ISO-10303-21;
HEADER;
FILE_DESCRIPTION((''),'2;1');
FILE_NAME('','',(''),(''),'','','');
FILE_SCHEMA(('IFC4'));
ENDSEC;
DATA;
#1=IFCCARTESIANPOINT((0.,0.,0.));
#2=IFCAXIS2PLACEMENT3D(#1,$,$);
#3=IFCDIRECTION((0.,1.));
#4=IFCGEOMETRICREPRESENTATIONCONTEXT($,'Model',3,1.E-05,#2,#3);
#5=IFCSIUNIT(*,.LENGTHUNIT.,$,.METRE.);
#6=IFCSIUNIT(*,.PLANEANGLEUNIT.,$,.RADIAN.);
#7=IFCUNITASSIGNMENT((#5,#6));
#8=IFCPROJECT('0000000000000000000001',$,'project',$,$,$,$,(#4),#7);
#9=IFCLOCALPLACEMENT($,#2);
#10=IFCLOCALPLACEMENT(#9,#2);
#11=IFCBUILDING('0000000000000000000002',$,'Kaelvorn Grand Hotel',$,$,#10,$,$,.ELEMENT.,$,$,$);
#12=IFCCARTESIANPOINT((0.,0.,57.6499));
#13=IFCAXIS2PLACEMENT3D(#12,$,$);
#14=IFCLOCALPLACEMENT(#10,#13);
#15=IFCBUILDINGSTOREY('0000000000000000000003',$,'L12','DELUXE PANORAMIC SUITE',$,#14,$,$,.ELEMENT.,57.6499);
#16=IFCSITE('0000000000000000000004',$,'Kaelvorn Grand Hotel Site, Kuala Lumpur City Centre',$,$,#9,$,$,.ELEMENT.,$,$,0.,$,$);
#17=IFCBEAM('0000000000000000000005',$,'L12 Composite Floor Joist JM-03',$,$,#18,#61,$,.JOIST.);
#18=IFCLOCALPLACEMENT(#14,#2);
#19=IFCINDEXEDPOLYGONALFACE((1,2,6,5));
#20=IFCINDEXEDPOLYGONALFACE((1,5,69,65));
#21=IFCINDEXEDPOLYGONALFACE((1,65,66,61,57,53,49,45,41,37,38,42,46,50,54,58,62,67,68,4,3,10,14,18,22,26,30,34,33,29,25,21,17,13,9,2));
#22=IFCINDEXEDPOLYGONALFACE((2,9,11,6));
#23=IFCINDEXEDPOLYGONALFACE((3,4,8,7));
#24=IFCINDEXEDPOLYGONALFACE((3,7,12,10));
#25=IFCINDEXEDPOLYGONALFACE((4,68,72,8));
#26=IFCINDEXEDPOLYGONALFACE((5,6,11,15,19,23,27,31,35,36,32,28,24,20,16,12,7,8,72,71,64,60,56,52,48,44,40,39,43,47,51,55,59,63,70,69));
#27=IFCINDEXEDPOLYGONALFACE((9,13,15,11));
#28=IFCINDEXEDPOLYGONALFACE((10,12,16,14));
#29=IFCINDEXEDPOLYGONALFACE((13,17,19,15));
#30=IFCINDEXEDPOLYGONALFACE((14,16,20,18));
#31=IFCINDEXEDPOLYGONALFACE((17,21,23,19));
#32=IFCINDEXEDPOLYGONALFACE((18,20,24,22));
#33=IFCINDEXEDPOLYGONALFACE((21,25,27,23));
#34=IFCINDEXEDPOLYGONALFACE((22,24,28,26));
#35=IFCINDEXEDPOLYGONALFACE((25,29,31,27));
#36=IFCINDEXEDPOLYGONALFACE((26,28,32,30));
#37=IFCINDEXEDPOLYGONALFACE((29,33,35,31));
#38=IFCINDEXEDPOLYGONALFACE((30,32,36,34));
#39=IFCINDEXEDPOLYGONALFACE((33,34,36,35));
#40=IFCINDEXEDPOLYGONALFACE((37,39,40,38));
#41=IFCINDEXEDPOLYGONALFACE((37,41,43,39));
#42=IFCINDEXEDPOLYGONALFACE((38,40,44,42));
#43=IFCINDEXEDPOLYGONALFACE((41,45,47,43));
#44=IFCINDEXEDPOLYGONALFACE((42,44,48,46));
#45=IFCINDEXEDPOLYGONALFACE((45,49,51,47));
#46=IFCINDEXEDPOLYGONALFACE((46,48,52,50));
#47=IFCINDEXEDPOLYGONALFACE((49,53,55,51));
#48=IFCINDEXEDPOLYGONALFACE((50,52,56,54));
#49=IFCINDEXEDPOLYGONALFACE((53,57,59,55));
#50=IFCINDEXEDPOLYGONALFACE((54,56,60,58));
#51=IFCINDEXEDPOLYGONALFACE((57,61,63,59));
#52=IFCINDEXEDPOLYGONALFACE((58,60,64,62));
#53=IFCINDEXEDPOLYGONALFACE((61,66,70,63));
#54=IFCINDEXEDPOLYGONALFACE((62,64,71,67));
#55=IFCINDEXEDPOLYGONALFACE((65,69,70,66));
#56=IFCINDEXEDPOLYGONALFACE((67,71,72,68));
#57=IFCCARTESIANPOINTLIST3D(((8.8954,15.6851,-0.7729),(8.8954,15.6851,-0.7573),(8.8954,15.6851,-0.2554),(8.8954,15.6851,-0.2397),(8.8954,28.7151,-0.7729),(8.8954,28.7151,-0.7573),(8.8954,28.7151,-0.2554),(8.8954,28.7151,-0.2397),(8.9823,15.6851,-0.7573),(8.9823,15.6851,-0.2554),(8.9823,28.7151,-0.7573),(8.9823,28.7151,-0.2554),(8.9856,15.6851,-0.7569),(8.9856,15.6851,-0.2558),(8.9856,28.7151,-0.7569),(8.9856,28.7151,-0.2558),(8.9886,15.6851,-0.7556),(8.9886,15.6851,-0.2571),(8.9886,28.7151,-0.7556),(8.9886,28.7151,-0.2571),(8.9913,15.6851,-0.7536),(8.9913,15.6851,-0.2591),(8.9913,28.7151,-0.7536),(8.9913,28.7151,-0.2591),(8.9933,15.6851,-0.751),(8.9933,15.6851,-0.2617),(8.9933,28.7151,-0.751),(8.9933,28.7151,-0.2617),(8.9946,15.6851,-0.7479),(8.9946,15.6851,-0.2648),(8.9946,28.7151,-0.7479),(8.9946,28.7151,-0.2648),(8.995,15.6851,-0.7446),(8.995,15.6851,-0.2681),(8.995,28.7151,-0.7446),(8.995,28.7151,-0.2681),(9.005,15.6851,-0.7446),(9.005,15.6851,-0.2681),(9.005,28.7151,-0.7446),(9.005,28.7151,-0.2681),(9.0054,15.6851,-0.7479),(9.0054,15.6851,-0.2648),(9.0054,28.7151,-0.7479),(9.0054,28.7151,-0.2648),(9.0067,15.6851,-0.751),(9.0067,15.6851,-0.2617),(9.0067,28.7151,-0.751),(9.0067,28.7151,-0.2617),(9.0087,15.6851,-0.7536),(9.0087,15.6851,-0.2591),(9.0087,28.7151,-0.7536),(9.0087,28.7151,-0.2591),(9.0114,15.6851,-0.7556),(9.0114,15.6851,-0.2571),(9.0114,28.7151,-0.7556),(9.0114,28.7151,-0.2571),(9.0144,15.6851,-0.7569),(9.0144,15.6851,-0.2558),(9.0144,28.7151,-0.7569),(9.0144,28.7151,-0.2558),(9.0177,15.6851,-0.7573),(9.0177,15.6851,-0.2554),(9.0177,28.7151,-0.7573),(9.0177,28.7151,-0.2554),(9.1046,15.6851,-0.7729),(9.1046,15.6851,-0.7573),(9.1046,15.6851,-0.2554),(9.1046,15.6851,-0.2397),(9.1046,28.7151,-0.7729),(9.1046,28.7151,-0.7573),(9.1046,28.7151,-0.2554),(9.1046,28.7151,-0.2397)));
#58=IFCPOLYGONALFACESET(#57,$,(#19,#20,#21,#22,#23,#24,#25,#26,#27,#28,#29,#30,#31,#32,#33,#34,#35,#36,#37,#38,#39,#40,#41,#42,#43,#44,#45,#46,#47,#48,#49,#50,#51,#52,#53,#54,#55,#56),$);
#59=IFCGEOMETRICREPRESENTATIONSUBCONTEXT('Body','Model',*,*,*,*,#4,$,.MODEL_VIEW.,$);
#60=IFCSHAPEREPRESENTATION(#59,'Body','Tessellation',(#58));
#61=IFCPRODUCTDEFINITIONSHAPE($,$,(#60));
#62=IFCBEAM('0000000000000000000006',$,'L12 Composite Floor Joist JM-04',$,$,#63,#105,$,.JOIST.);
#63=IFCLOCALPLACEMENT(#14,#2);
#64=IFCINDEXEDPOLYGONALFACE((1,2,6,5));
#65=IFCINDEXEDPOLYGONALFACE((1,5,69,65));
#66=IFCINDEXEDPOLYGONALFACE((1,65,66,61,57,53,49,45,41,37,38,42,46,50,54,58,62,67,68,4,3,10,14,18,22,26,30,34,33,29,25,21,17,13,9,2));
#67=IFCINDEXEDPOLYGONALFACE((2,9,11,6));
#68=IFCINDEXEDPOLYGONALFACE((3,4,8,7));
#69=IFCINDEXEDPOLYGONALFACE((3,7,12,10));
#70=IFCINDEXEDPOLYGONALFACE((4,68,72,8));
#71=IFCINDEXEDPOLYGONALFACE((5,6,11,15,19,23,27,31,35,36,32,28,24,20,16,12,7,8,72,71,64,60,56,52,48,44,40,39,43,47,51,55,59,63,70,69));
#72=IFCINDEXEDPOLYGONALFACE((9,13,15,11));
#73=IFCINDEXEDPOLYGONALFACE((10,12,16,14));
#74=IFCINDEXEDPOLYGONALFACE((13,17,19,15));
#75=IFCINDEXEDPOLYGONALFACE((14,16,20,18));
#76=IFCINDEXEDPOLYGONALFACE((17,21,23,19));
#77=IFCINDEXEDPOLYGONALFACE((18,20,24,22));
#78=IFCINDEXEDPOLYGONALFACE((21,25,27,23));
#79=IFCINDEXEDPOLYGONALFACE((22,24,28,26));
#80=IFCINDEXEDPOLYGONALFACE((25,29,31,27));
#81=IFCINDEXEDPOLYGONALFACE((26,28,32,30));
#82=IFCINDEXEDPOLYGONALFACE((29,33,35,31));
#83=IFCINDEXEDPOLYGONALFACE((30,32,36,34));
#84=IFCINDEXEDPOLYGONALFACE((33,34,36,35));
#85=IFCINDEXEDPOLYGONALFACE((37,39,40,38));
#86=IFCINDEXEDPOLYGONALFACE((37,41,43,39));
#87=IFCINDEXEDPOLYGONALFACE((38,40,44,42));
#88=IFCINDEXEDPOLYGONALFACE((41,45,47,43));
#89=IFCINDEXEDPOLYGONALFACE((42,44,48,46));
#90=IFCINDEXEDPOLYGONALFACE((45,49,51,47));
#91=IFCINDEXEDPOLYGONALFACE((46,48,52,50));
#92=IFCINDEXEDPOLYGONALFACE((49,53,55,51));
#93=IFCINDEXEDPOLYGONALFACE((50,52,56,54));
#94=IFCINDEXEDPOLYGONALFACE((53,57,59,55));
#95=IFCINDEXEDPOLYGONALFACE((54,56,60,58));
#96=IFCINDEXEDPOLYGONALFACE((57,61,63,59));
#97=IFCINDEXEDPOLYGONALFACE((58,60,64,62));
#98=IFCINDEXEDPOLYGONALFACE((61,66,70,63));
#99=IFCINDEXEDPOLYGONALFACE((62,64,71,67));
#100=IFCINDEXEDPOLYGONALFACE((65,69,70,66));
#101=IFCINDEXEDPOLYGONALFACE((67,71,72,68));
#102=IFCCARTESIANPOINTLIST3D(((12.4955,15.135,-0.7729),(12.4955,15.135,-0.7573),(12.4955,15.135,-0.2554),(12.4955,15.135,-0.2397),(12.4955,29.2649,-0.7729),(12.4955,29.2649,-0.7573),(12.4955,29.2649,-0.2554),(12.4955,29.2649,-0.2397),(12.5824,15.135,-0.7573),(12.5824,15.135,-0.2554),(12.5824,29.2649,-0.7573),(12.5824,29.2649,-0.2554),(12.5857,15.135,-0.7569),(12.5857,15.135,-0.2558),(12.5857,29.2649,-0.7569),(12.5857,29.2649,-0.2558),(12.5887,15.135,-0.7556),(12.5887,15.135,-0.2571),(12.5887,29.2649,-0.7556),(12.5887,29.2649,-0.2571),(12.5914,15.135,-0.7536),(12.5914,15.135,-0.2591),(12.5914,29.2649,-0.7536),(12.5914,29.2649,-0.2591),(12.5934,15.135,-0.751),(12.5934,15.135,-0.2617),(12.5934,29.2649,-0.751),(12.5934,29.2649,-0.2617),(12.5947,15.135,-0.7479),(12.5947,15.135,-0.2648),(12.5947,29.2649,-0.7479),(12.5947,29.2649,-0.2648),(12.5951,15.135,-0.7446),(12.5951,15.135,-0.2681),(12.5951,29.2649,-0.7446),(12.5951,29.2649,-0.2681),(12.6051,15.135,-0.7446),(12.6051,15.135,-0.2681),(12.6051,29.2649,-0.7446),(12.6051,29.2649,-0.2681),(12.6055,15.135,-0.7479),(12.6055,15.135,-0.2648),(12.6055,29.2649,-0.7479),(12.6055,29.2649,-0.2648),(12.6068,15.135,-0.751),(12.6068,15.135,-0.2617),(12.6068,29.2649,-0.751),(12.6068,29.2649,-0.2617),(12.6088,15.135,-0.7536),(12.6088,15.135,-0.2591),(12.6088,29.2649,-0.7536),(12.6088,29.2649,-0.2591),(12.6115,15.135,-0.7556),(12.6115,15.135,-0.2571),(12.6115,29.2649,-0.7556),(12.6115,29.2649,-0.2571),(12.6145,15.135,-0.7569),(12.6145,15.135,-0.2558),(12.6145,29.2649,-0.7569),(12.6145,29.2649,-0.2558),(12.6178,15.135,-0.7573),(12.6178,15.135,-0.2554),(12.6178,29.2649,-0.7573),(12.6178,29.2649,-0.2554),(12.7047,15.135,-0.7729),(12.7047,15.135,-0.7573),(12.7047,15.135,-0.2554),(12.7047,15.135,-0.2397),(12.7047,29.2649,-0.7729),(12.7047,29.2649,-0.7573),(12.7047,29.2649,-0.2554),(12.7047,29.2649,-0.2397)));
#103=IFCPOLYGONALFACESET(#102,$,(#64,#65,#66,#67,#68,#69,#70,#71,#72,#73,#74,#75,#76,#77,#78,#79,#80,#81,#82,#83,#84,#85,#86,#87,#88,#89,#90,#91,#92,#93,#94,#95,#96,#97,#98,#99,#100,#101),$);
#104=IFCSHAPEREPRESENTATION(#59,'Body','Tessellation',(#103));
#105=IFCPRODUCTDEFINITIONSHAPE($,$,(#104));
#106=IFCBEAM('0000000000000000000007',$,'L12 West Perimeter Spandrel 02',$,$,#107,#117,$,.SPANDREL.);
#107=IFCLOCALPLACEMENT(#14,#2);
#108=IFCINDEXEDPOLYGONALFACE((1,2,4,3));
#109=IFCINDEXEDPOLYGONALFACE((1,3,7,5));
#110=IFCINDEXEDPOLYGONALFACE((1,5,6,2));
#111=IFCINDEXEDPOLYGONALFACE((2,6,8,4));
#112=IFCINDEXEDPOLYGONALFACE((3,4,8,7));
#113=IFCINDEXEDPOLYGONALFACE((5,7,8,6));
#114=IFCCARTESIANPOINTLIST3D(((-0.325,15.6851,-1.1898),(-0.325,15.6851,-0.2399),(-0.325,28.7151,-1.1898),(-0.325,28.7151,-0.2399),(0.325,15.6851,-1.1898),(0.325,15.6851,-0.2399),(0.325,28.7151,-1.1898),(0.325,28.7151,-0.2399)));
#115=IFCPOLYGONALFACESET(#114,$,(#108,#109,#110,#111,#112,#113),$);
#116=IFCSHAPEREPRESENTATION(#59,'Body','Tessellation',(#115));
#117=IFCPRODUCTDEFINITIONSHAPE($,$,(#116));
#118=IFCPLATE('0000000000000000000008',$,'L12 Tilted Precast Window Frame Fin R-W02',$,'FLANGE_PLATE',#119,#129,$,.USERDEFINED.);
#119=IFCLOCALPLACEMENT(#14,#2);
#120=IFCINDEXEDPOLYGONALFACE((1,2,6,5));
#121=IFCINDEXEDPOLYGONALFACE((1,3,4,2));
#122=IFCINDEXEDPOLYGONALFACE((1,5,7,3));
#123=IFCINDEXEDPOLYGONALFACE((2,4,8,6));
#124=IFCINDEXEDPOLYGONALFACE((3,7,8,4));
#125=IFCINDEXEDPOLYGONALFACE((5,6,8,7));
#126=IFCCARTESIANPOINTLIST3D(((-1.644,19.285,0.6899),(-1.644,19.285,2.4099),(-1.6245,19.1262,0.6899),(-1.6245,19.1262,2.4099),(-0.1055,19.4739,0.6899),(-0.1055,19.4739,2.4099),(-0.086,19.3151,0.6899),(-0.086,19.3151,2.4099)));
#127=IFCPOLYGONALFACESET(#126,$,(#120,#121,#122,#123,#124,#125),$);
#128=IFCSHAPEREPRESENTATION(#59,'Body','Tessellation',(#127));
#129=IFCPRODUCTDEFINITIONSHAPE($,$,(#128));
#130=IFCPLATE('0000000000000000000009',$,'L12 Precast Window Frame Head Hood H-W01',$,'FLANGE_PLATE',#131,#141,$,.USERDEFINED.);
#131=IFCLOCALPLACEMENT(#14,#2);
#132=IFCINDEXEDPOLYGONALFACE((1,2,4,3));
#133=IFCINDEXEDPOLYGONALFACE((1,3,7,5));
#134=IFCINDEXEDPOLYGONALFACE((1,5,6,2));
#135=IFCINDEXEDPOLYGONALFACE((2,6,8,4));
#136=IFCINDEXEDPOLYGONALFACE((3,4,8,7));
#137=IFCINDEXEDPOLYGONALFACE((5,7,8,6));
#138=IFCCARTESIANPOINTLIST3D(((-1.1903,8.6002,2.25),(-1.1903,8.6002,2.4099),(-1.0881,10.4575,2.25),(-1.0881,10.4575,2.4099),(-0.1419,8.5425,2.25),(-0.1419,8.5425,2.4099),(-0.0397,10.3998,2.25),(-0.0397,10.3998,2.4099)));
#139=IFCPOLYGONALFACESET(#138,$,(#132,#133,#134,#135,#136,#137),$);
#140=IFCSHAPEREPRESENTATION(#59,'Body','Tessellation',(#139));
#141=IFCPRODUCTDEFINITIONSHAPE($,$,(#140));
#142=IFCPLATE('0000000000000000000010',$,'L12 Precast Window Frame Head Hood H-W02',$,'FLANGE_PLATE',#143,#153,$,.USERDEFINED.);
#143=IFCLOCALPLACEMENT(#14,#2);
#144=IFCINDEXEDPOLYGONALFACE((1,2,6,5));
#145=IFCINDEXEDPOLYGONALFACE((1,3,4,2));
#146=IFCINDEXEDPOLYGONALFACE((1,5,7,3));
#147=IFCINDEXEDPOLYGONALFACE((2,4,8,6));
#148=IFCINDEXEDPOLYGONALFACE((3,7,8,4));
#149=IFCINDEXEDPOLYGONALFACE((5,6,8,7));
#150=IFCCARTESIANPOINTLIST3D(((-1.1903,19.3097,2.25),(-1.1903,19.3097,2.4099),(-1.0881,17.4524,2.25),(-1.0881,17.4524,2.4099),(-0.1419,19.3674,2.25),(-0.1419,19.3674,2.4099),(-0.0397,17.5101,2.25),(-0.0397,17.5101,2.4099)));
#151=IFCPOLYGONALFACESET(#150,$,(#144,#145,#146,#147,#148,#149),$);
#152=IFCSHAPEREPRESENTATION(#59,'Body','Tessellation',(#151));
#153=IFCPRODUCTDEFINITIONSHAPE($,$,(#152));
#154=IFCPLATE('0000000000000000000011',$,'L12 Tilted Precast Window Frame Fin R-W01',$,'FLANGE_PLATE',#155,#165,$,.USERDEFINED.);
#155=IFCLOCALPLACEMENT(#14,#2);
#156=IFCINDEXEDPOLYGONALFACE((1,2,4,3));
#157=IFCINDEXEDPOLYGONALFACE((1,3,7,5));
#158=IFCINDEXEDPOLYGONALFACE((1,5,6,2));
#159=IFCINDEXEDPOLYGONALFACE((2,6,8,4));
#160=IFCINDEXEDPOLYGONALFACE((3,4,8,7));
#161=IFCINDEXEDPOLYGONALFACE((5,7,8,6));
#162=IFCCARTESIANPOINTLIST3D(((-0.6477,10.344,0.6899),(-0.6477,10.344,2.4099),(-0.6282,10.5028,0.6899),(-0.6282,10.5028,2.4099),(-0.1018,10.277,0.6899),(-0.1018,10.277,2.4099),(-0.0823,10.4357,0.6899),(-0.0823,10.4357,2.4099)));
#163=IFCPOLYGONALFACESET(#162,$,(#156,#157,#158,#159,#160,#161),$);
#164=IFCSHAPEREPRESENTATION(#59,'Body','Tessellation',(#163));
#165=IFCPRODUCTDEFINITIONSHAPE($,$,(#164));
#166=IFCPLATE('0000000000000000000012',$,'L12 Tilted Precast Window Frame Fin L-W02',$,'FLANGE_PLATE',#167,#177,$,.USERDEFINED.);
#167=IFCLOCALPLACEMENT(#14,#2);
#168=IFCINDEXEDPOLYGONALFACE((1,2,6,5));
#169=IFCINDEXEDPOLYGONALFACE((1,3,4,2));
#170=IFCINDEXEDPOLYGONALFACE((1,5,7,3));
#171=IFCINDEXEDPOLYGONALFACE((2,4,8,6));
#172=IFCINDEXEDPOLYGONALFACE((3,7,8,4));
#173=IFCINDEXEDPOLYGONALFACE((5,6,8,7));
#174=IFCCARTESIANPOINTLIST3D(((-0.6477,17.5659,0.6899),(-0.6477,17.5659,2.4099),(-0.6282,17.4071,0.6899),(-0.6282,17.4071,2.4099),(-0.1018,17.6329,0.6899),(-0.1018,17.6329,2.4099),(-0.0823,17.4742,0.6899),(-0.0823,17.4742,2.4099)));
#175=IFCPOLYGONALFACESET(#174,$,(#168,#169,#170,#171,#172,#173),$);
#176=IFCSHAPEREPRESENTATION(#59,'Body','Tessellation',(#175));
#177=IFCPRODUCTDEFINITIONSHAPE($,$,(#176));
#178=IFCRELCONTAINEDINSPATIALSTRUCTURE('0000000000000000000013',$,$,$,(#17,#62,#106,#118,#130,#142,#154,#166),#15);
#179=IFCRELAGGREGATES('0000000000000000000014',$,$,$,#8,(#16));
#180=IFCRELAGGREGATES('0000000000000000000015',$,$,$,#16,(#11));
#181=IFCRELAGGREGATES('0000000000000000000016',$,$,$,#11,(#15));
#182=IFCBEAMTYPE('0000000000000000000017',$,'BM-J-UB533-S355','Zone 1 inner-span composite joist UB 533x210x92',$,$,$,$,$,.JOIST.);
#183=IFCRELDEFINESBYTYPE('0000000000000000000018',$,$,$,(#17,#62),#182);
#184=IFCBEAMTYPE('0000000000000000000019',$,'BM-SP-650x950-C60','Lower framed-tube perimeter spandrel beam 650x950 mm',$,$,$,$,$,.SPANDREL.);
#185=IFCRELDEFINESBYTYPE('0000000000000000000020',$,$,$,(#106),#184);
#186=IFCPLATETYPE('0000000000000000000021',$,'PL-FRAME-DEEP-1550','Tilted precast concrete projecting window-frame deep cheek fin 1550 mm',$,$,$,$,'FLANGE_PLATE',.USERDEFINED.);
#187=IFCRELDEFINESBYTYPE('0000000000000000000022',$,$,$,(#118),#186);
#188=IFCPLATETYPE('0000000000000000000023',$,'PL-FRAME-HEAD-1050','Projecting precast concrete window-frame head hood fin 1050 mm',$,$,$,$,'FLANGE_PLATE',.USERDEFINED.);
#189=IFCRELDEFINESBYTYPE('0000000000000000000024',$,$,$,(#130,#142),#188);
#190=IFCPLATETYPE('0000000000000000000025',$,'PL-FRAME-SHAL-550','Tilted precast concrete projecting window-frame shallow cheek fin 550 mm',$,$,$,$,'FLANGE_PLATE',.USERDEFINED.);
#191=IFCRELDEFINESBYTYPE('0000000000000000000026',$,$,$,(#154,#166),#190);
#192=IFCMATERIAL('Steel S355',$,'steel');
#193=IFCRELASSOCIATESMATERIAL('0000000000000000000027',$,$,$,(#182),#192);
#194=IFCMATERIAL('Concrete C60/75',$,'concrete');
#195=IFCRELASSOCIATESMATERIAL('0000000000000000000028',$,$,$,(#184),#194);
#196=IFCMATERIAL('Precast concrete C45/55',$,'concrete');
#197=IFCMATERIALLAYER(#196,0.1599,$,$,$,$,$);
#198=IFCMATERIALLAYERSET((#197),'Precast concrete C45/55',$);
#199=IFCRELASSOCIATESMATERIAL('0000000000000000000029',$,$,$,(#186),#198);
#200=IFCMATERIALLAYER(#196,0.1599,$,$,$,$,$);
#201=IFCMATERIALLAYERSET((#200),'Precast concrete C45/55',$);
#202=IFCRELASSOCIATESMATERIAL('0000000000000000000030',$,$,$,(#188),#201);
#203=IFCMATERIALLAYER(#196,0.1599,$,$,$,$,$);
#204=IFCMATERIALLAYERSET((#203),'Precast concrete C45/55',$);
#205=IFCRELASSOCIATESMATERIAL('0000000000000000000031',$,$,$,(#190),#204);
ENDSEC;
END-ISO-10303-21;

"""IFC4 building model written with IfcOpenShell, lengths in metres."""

from ifc_helpers import new_model, si_unit, direction, frame, origin, origin_2d, place, context, subcontext, project, spatial, rectangle, i_section, extrude, material, layer, layer_set, material_profile, profile_set, type_object, element, save


model = new_model("IFC4")

# Units and contexts
model_context = context("Model", 3, precision=1e-05, world=origin(), true_north=direction((0.0, 1.0)))
body_context = subcontext(model_context, "Body", "Model", "MODEL_VIEW")
ifc_project = project(units=[si_unit("LENGTHUNIT", "METRE"), si_unit("PLANEANGLEUNIT", "RADIAN")], contexts=[model_context])

# Site, building, storey
site_placement = place(None, origin())
site = spatial("IfcSite", under=ifc_project, at=site_placement, Name="Kaelvorn Grand Hotel Site, Kuala Lumpur City Centre", CompositionType="ELEMENT", RefElevation=0.0)
building_placement = place(site_placement, origin())
building = spatial("IfcBuilding", under=site, at=building_placement, Name="Kaelvorn Grand Hotel", CompositionType="ELEMENT")
storey_placement = place(building_placement, frame((0.0, 0.0, 57.6499)))
storey = spatial("IfcBuildingStorey", under=building, at=storey_placement, Name="L12", Description="DELUXE PANORAMIC SUITE", CompositionType="ELEMENT", Elevation=57.6499)

# Beams
ifc_material_1 = material(Name="Steel S355", Category="steel")
ifc_material_profile_1 = material_profile(ifc_material_1, i_section(OverallWidth=0.2092, OverallDepth=0.5332, WebThickness=0.01, FlangeThickness=0.0156, FilletRadius=0.0127, at=origin_2d()), Name="UB 533x210x92")
ifc_profile_set_1 = profile_set([ifc_material_profile_1], Name="Steel S355")
beam_type_1 = type_object("IfcBeamType", Name="BM-J-UB533-S355", Description="Zone 1 inner-span composite joist UB 533x210x92", PredefinedType="JOIST", material=ifc_profile_set_1)
beam_1_placement = place(storey_placement, frame((9.0, 15.6851, -0.5063), z_axis=(0.0, 1.0, 0.0), x_axis=(-1.0, 0.0, 0.0)))
element("IfcBeam", 1, at=beam_1_placement, inside=storey, type_object=beam_type_1, Name="L12 Composite Floor Joist JM-03", PredefinedType="JOIST", context=body_context, shape_type="SweptSolid", body=[
    extrude(i_section(OverallWidth=0.2092, OverallDepth=0.5332, WebThickness=0.01, FlangeThickness=0.0156, FilletRadius=0.0127, at=origin_2d()), origin(), (0.0, 0.0, 1.0), 13.03),
])
beam_2_placement = place(storey_placement, frame((12.6001, 15.135, -0.5063), z_axis=(0.0, 1.0, 0.0), x_axis=(-1.0, 0.0, 0.0)))
element("IfcBeam", 2, at=beam_2_placement, inside=storey, type_object=beam_type_1, Name="L12 Composite Floor Joist JM-04", PredefinedType="JOIST", context=body_context, shape_type="SweptSolid", body=[
    extrude(i_section(OverallWidth=0.2092, OverallDepth=0.5332, WebThickness=0.01, FlangeThickness=0.0156, FilletRadius=0.0127, at=origin_2d()), origin(), (0.0, 0.0, 1.0), 14.1299),
])
ifc_material_2 = material(Name="Concrete C60/75", Category="concrete")
ifc_material_profile_2 = material_profile(ifc_material_2, rectangle(XDim=0.6499, YDim=0.95, at=origin_2d()), Name="RC SPANDREL 650x950")
ifc_profile_set_2 = profile_set([ifc_material_profile_2], Name="Concrete C60/75")
beam_type_2 = type_object("IfcBeamType", Name="BM-SP-650x950-C60", Description="Lower framed-tube perimeter spandrel beam 650x950 mm", PredefinedType="SPANDREL", material=ifc_profile_set_2)
beam_3_placement = place(storey_placement, frame((0.0, 15.6851, -0.7148), z_axis=(0.0, 1.0, 0.0), x_axis=(-1.0, 0.0, 0.0)))
element("IfcBeam", 3, at=beam_3_placement, inside=storey, type_object=beam_type_2, Name="L12 West Perimeter Spandrel 02", PredefinedType="SPANDREL", context=body_context, shape_type="SweptSolid", body=[
    extrude(rectangle(XDim=0.6499, YDim=0.95, at=origin_2d()), origin(), (0.0, 0.0, 1.0), 13.03),
])

# Plates
ifc_material_3 = material(Name="Precast concrete C45/55", Category="concrete")
ifc_layer_1 = layer(ifc_material_3, 0.1599)
ifc_layer_set_1 = layer_set([ifc_layer_1], Name="Precast concrete C45/55")
plate_type_1 = type_object("IfcPlateType", Name="PL-FRAME-DEEP-1550", Description="Tilted precast concrete projecting window-frame deep cheek fin 1550 mm", ElementType="FLANGE_PLATE", PredefinedType="USERDEFINED", material=ifc_layer_set_1)
plate_placement = place(storey_placement, frame((-0.865, 19.3, 0.6899), z_axis=(0.0, 0.0, 1.0), x_axis=(-0.121869, 0.992546, 0.0)))
element("IfcPlate", 4, at=plate_placement, inside=storey, type_object=plate_type_1, Name="L12 Tilted Precast Window Frame Fin R-W02", ObjectType="FLANGE_PLATE", PredefinedType="USERDEFINED", context=body_context, shape_type="SweptSolid", body=[
    extrude(rectangle(XDim=0.1599, YDim=1.55, at=origin_2d()), origin(), (0.0, 0.0, 1.0), 1.72),
])
ifc_layer_2 = layer(ifc_material_3, 0.1599)
ifc_layer_set_2 = layer_set([ifc_layer_2], Name="Precast concrete C45/55")
plate_type_2 = type_object("IfcPlateType", Name="PL-FRAME-HEAD-1050", Description="Projecting precast concrete window-frame head hood fin 1050 mm", ElementType="FLANGE_PLATE", PredefinedType="USERDEFINED", material=ifc_layer_set_2)
for number, where, z_axis, x_axis, name in (
    (5, (-0.615, 9.5, 2.25), (0.0, 0.0, 1.0), (0.05495, 0.998489, 0.0), "L12 Precast Window Frame Head Hood H-W01"),
    (6, (-0.615, 18.4099, 2.25), (0.0, 0.0, 1.0), (-0.05495, 0.998489, 0.0), "L12 Precast Window Frame Head Hood H-W02"),
):
    element("IfcPlate", number, at=place(storey_placement, frame(where, z_axis=z_axis, x_axis=x_axis)), inside=storey, type_object=plate_type_2, Name=name, ObjectType="FLANGE_PLATE", PredefinedType="USERDEFINED", context=body_context, shape_type="SweptSolid", body=[
        extrude(rectangle(XDim=1.8601, YDim=1.05, at=origin_2d()), origin(), (0.0, 0.0, 1.0), 0.1599),
    ])
ifc_layer_3 = layer(ifc_material_3, 0.1599)
ifc_layer_set_3 = layer_set([ifc_layer_3], Name="Precast concrete C45/55")
plate_type_3 = type_object("IfcPlateType", Name="PL-FRAME-SHAL-550", Description="Tilted precast concrete projecting window-frame shallow cheek fin 550 mm", ElementType="FLANGE_PLATE", PredefinedType="USERDEFINED", material=ifc_layer_set_3)
for number, where, z_axis, x_axis, name in (
    (7, (-0.365, 10.3899, 0.6899), (0.0, 0.0, 1.0), (0.121869, 0.992546, 0.0), "L12 Tilted Precast Window Frame Fin R-W01"),
    (8, (-0.365, 17.52, 0.6899), (0.0, 0.0, 1.0), (-0.121869, 0.992546, 0.0), "L12 Tilted Precast Window Frame Fin L-W02"),
):
    element("IfcPlate", number, at=place(storey_placement, frame(where, z_axis=z_axis, x_axis=x_axis)), inside=storey, type_object=plate_type_3, Name=name, ObjectType="FLANGE_PLATE", PredefinedType="USERDEFINED", context=body_context, shape_type="SweptSolid", body=[
        extrude(rectangle(XDim=0.1599, YDim=0.55, at=origin_2d()), origin(), (0.0, 0.0, 1.0), 1.72),
    ])

save(model, "model.ifc")
